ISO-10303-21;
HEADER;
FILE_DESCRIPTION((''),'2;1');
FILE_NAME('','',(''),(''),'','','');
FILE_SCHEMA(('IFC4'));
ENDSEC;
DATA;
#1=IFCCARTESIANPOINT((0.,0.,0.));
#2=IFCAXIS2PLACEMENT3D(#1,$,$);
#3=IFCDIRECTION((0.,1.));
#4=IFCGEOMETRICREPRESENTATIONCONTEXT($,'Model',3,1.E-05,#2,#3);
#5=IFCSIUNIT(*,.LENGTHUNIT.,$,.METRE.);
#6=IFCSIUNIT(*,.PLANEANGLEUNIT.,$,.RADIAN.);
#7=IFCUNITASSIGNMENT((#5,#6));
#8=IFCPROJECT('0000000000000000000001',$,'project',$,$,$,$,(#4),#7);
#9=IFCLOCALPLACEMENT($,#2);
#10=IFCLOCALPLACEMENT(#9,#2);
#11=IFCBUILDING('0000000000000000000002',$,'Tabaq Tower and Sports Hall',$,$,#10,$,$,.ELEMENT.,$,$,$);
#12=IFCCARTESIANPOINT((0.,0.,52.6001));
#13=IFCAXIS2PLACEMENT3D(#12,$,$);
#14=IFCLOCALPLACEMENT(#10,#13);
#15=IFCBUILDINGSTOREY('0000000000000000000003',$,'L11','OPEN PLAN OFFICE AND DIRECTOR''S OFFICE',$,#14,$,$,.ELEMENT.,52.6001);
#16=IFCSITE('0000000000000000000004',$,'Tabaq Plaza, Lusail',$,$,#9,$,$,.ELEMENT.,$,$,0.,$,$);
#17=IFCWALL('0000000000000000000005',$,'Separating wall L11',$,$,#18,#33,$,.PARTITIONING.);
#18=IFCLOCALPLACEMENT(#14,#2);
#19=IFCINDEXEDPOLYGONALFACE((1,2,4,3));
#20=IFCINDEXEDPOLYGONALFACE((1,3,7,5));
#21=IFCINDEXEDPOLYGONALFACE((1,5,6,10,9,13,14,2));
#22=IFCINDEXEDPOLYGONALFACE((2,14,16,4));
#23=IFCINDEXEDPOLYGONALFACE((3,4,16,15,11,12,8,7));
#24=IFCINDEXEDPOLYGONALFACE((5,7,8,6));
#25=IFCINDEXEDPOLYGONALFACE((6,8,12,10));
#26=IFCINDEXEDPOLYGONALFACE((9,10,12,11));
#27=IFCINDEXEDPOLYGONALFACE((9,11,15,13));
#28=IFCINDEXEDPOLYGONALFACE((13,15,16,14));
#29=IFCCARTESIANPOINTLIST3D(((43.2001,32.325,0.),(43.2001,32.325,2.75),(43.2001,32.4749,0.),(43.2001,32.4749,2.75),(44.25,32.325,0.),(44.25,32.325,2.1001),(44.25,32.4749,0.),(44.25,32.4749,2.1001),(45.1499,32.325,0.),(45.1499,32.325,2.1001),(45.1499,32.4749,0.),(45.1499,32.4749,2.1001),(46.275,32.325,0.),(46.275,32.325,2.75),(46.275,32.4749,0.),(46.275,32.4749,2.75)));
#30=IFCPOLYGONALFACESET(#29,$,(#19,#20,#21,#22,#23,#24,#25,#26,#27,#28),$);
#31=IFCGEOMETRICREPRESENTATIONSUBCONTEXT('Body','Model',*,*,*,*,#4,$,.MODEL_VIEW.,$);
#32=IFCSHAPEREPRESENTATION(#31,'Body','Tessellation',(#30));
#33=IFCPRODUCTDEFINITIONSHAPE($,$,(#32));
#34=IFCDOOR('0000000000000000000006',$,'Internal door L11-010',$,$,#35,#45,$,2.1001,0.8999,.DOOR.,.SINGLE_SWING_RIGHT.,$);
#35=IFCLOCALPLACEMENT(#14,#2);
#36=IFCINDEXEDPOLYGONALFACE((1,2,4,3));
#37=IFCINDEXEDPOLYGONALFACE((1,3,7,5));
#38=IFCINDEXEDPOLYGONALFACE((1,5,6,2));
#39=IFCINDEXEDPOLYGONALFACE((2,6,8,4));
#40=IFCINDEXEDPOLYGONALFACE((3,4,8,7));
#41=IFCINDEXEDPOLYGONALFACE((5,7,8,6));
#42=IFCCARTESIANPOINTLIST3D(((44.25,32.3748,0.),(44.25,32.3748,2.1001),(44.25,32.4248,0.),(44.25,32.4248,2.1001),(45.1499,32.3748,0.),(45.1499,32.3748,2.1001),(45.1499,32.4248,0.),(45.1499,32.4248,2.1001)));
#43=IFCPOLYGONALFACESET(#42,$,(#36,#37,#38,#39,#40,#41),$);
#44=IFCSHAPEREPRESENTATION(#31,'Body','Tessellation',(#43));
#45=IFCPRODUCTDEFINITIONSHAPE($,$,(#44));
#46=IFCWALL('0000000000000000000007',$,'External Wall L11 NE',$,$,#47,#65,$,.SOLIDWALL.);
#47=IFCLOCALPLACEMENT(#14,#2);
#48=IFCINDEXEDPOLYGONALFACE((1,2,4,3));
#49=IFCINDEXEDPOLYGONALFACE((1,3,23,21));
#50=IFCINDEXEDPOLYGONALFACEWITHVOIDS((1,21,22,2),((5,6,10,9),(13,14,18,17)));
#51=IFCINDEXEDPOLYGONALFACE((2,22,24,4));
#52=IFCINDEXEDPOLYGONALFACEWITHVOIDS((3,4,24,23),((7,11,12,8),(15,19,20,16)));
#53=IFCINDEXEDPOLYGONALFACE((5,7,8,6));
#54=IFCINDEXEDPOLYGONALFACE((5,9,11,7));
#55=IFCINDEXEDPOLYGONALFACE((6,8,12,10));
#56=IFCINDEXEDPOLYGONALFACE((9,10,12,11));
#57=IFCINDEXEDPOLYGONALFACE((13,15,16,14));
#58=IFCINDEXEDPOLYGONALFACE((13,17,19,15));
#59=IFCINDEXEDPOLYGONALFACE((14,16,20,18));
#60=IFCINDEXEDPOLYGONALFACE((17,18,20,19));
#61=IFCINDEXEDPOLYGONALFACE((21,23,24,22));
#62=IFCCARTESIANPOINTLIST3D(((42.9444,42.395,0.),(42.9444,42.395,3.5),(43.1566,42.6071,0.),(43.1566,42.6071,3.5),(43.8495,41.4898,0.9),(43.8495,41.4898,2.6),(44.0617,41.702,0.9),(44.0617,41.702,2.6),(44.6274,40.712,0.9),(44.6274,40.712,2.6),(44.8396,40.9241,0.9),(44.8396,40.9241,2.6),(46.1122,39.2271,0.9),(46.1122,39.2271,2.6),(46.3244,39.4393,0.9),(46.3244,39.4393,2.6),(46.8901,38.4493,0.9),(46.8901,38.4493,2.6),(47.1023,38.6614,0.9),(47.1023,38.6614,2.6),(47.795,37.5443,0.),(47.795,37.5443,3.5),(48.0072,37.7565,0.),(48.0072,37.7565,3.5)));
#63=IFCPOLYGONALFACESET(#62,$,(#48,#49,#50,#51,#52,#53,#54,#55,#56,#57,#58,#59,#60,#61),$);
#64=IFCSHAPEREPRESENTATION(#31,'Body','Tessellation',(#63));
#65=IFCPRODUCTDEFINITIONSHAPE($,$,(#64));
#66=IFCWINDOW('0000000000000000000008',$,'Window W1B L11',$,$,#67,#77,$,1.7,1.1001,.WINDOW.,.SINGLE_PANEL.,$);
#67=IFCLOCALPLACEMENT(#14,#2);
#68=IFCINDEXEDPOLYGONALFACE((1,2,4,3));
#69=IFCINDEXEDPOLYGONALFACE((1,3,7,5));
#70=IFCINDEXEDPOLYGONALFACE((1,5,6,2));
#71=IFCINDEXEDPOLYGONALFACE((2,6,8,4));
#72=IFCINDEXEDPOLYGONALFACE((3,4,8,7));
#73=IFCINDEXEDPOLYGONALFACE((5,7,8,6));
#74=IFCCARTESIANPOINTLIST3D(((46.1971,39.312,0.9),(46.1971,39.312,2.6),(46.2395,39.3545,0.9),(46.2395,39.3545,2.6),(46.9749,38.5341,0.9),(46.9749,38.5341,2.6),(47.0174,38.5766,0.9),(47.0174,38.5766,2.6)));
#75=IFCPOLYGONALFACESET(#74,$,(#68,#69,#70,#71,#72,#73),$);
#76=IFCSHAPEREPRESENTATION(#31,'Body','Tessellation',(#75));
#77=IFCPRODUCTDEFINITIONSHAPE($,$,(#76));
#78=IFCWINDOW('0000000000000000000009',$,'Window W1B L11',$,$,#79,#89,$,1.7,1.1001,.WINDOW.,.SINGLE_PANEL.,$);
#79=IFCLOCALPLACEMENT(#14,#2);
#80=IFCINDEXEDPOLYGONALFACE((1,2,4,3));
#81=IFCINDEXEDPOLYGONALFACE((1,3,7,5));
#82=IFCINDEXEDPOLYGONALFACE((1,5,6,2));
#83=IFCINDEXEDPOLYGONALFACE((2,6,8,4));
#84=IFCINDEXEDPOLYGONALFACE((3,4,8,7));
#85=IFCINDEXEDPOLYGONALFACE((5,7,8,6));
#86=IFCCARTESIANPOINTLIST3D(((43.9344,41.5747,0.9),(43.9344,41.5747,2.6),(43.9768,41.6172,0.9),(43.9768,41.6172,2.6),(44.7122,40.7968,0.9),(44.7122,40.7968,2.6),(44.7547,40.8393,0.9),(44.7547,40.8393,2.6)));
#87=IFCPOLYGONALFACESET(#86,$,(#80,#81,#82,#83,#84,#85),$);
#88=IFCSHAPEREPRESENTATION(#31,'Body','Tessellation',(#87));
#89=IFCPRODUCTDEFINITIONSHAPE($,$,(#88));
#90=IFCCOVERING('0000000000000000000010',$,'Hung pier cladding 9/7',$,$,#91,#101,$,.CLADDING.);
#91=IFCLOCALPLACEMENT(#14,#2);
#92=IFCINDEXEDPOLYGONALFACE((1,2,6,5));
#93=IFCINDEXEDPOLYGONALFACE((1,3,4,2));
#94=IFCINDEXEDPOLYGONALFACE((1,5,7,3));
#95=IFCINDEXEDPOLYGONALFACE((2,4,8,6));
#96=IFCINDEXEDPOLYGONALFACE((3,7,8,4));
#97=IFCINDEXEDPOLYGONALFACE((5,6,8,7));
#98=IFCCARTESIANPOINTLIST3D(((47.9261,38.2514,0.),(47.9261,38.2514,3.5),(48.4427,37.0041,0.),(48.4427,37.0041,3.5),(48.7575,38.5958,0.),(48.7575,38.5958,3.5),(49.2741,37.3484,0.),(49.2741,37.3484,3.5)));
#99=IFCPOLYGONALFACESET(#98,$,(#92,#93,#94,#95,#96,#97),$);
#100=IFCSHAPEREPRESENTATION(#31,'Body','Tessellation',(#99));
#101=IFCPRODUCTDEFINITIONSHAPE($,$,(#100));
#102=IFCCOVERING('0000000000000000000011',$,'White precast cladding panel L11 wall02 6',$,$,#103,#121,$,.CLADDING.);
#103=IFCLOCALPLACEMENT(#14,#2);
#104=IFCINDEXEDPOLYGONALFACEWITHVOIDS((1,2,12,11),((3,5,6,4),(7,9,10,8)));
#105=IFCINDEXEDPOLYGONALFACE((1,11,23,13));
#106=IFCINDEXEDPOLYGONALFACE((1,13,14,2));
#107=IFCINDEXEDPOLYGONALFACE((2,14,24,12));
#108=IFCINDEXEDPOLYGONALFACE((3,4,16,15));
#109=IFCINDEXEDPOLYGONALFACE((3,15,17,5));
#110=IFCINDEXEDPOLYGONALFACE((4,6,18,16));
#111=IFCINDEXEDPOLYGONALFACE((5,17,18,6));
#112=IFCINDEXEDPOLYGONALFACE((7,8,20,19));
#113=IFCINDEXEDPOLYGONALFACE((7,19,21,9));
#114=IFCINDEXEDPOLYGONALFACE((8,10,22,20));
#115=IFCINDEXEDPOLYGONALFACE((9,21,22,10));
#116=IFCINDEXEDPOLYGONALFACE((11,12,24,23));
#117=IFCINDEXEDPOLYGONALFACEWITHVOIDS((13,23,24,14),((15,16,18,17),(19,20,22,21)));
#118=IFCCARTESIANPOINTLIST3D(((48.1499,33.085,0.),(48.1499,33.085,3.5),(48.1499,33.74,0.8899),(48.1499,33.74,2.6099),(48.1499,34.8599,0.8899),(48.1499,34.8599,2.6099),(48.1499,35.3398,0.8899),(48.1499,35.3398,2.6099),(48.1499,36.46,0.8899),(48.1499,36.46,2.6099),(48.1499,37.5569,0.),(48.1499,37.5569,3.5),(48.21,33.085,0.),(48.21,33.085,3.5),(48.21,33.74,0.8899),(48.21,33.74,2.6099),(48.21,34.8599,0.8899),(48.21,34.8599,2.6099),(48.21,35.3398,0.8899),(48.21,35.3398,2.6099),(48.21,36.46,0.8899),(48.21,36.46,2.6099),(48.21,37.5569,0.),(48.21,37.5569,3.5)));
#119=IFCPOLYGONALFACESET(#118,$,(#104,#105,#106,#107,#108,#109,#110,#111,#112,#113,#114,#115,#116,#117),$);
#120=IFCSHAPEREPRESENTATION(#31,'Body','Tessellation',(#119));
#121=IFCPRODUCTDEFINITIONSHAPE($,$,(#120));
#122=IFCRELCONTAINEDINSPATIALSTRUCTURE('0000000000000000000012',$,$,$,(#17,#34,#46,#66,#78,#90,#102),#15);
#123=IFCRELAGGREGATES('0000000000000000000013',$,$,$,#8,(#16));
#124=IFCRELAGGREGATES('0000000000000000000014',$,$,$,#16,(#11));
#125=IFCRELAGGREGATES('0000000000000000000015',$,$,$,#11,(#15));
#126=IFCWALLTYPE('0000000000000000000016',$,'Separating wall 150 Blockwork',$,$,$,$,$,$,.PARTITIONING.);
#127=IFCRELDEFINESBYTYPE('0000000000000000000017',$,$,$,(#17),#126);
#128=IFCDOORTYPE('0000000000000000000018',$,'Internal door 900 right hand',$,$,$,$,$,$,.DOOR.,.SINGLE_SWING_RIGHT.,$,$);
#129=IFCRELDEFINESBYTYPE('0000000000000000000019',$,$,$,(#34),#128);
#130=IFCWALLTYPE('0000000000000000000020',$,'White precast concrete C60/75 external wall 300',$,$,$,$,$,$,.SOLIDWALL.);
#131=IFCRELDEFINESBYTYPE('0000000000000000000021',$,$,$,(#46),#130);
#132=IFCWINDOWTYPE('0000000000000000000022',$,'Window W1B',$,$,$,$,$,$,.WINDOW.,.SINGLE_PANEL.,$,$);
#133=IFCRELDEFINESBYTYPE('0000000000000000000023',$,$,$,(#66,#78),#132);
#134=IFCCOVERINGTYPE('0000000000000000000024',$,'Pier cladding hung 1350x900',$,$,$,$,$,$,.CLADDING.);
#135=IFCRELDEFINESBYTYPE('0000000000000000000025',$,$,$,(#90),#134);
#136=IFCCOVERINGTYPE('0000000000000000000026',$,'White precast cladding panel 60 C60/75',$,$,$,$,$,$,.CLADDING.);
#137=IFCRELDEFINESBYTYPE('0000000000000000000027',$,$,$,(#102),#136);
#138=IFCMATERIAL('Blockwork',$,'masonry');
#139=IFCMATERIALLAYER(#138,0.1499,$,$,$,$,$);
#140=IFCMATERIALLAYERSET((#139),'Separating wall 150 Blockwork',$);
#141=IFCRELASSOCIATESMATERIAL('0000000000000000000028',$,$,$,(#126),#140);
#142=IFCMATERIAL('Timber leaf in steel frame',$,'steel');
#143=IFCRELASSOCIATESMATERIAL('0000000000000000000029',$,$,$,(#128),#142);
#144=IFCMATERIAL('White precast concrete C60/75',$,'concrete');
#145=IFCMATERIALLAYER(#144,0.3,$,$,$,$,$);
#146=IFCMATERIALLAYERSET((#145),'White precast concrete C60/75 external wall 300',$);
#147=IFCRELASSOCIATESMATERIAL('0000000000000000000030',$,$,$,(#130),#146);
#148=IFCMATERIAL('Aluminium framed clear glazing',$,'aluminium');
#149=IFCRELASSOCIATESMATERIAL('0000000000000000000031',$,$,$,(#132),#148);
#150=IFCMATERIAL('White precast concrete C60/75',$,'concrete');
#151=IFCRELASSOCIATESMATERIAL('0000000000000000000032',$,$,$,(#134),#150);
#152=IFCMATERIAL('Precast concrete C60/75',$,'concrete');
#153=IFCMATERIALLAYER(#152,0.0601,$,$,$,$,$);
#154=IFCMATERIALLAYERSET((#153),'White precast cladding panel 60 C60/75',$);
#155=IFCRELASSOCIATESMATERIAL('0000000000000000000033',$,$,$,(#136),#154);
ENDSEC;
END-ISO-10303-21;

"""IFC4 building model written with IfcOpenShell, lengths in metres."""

from ifc_helpers import new_model, si_unit, direction, frame, frame_2d, origin, place, context, subcontext, project, spatial, polyline, rectangle, outline, extrude, material, layer, layer_set, type_object, element, fill, save


model = new_model("IFC4")

# Units and contexts
model_context = context("Model", 3, precision=1e-05, world=origin(), true_north=direction((0.0, 1.0)))
body_context = subcontext(model_context, "Body", "Model", "MODEL_VIEW")
ifc_project = project(units=[si_unit("LENGTHUNIT", "METRE"), si_unit("PLANEANGLEUNIT", "RADIAN")], contexts=[model_context])

# Site, building, storey
site_placement = place(None, origin())
site = spatial("IfcSite", under=ifc_project, at=site_placement, Name="Tabaq Plaza, Lusail", CompositionType="ELEMENT", RefElevation=0.0)
building_placement = place(site_placement, origin())
building = spatial("IfcBuilding", under=site, at=building_placement, Name="Tabaq Tower and Sports Hall", CompositionType="ELEMENT")
storey_placement = place(building_placement, frame((0.0, 0.0, 52.6001)))
storey = spatial("IfcBuildingStorey", under=building, at=storey_placement, Name="L11", Description="OPEN PLAN OFFICE AND DIRECTOR'S OFFICE", CompositionType="ELEMENT", Elevation=52.6001)

# Shared definitions
ifc_material_1 = material(Name="Blockwork", Category="masonry")
ifc_layer_1 = layer(ifc_material_1, 0.1499)
ifc_layer_set_1 = layer_set([ifc_layer_1], Name="Separating wall 150 Blockwork")
wall_type_1 = type_object("IfcWallType", Name="Separating wall 150 Blockwork", PredefinedType="PARTITIONING", material=ifc_layer_set_1)

# Wall, opening, door
wall_1_placement = place(storey_placement, frame((43.2, 32.3999, 0.0), z_axis=(0.0, 0.0, 1.0), x_axis=(1.0, 0.0, 0.0)))
wall_1 = element("IfcWall", 1, at=wall_1_placement, inside=storey, type_object=wall_type_1, Name="Separating wall L11", PredefinedType="PARTITIONING", context=body_context, shape_type="SweptSolid", body=[
    extrude(rectangle(XDim=3.075, YDim=0.1499, at=frame_2d((1.5376, 0.0))), origin(), (0.0, 0.0, 1.0), 2.75),
])
opening_1_placement = place(wall_1_placement, frame((1.05, 0.0, 0.0)))
opening_1 = element("IfcOpeningElement", 2, at=opening_1_placement, cuts=wall_1, PredefinedType="OPENING", context=body_context, shape_type="SweptSolid", body=[
    extrude(rectangle(XDim=0.8999, YDim=2.1001, at=frame_2d((0.45, 1.05))), frame((0.0, 0.075, 0.0), z_axis=(0.0, -1.0, 0.0), x_axis=(1.0, 0.0, 0.0)), (0.0, 0.0, 1.0), 0.1499),
])
ifc_material_2 = material(Name="Timber leaf in steel frame", Category="steel")
door_type_1 = type_object("IfcDoorType", Name="Internal door 900 right hand", OperationType="SINGLE_SWING_RIGHT", PredefinedType="DOOR", material=ifc_material_2)
door_1_placement = place(opening_1_placement, origin())
door_1 = element("IfcDoor", 3, at=door_1_placement, inside=storey, type_object=door_type_1, Name="Internal door L11-010", OperationType="SINGLE_SWING_RIGHT", OverallHeight=2.1001, OverallWidth=0.8999, PredefinedType="DOOR", context=body_context, shape_type="SweptSolid", body=[
    extrude(rectangle(XDim=0.8999, YDim=2.1001, at=frame_2d((0.45, 1.05))), frame((0.0, 0.0249, 0.0), z_axis=(0.0, -1.0, 0.0), x_axis=(1.0, 0.0, 0.0)), (0.0, 0.0, 1.0), 0.05),
])
fill(opening_1, door_1)

# Wall, openings, windows
ifc_material_3 = material(Name="White precast concrete C60/75", Category="concrete")
ifc_layer_2 = layer(ifc_material_3, 0.3)
ifc_layer_set_2 = layer_set([ifc_layer_2], Name="White precast concrete C60/75 external wall 300")
wall_type_2 = type_object("IfcWallType", Name="White precast concrete C60/75 external wall 300", PredefinedType="SOLIDWALL", material=ifc_layer_set_2)
wall_2_placement = place(storey_placement, frame((47.9011, 37.6504, 0.0), z_axis=(0.0, 0.0, 1.0), x_axis=(-0.707107, 0.707107, 0.0)))
wall_2 = element("IfcWall", 4, at=wall_2_placement, inside=storey, type_object=wall_type_2, Name="External Wall L11 NE", PredefinedType="SOLIDWALL", context=body_context, shape_type="SweptSolid", body=[
    extrude(rectangle(XDim=6.8599, YDim=0.3, at=frame_2d((3.4299, 0.0))), origin(), (0.0, 0.0, 1.0), 3.5),
])
opening_2_placement = place(wall_2_placement, frame((1.2798, 0.0, 0.8999)))
opening_2 = element("IfcOpeningElement", 5, at=opening_2_placement, cuts=wall_2, PredefinedType="OPENING", context=body_context, shape_type="SweptSolid", body=[
    extrude(rectangle(XDim=1.1001, YDim=1.7, at=frame_2d((0.55, 0.8501))), frame((0.0, 0.1602, 0.0), z_axis=(0.0, -1.0, 0.0), x_axis=(1.0, 0.0, 0.0)), (0.0, 0.0, 1.0), 0.3201),
])
opening_3_placement = place(wall_2_placement, frame((4.4797, 0.0, 0.8999)))
opening_3 = element("IfcOpeningElement", 6, at=opening_3_placement, cuts=wall_2, PredefinedType="OPENING", context=body_context, shape_type="SweptSolid", body=[
    extrude(rectangle(XDim=1.1001, YDim=1.7, at=frame_2d((0.55, 0.8501))), frame((0.0, 0.1602, 0.0), z_axis=(0.0, -1.0, 0.0), x_axis=(1.0, 0.0, 0.0)), (0.0, 0.0, 1.0), 0.3201),
])
ifc_material_4 = material(Name="Aluminium framed clear glazing", Category="aluminium")
window_type = type_object("IfcWindowType", Name="Window W1B", PartitioningType="SINGLE_PANEL", PredefinedType="WINDOW", material=ifc_material_4)
window_1_placement = place(opening_2_placement, origin())
window_1 = element("IfcWindow", 7, at=window_1_placement, inside=storey, type_object=window_type, Name="Window W1B L11", OverallHeight=1.7, OverallWidth=1.1001, PartitioningType="SINGLE_PANEL", PredefinedType="WINDOW", context=body_context, shape_type="SweptSolid", body=[
    extrude(rectangle(XDim=1.1001, YDim=1.7, at=frame_2d((0.55, 0.8501))), frame((0.0, 0.03, 0.0), z_axis=(0.0, -1.0, 0.0), x_axis=(1.0, 0.0, 0.0)), (0.0, 0.0, 1.0), 0.0601),
])
fill(opening_2, window_1)
window_2_placement = place(opening_3_placement, origin())
window_2 = element("IfcWindow", 8, at=window_2_placement, inside=storey, type_object=window_type, Name="Window W1B L11", OverallHeight=1.7, OverallWidth=1.1001, PartitioningType="SINGLE_PANEL", PredefinedType="WINDOW", context=body_context, shape_type="SweptSolid", body=[
    extrude(rectangle(XDim=1.1001, YDim=1.7, at=frame_2d((0.55, 0.8501))), frame((0.0, 0.03, 0.0), z_axis=(0.0, -1.0, 0.0), x_axis=(1.0, 0.0, 0.0)), (0.0, 0.0, 1.0), 0.0601),
])
fill(opening_3, window_2)

# Coverings
ifc_material_5 = material(Name="White precast concrete C60/75", Category="concrete")
covering_type_1 = type_object("IfcCoveringType", Name="Pier cladding hung 1350x900", PredefinedType="CLADDING", material=ifc_material_5)
covering_1_placement = place(storey_placement, frame((48.8584, 37.1763, 0.0), z_axis=(0.0, 0.0, 1.0), x_axis=(-0.38265, 0.923893, 0.0)))
element("IfcCovering", 9, at=covering_1_placement, inside=storey, type_object=covering_type_1, Name="Hung pier cladding 9/7", PredefinedType="CLADDING", context=body_context, shape_type="SweptSolid", body=[
    extrude(rectangle(XDim=1.3501, YDim=0.8999, at=frame_2d((0.675, 0.0))), origin(), (0.0, 0.0, 1.0), 3.5),
])
ifc_material_6 = material(Name="Precast concrete C60/75", Category="concrete")
ifc_layer_3 = layer(ifc_material_6, 0.0601)
ifc_layer_set_3 = layer_set([ifc_layer_3], Name="White precast cladding panel 60 C60/75")
covering_type_2 = type_object("IfcCoveringType", Name="White precast cladding panel 60 C60/75", PredefinedType="CLADDING", material=ifc_layer_set_3)
covering_2_placement = place(storey_placement, frame((48.1799, 33.085, 0.0), z_axis=(0.0, 0.0, 1.0), x_axis=(0.0, 1.0, 0.0)))
element("IfcCovering", 10, at=covering_2_placement, inside=storey, type_object=covering_type_2, Name="White precast cladding panel L11 wall02 6", PredefinedType="CLADDING", context=body_context, shape_type="SweptSolid", body=[
    extrude(outline(polyline([(0.0, 0.0), (4.4719, 0.0), (4.4719, 3.5), (0.0, 3.5), (0.0, 0.0)]), holes=[polyline([(0.655, 2.6099), (1.7749, 2.6099), (1.7749, 0.8899), (0.655, 0.8899), (0.655, 2.6099)]), polyline([(2.2549, 2.6099), (3.375, 2.6099), (3.375, 0.8899), (2.2549, 0.8899), (2.2549, 2.6099)])]), frame((0.0, 0.03, 0.0), z_axis=(0.0, -1.0, 0.0), x_axis=(1.0, 0.0, 0.0)), (0.0, 0.0, 1.0), 0.0601),
])

save(model, "model.ifc")
